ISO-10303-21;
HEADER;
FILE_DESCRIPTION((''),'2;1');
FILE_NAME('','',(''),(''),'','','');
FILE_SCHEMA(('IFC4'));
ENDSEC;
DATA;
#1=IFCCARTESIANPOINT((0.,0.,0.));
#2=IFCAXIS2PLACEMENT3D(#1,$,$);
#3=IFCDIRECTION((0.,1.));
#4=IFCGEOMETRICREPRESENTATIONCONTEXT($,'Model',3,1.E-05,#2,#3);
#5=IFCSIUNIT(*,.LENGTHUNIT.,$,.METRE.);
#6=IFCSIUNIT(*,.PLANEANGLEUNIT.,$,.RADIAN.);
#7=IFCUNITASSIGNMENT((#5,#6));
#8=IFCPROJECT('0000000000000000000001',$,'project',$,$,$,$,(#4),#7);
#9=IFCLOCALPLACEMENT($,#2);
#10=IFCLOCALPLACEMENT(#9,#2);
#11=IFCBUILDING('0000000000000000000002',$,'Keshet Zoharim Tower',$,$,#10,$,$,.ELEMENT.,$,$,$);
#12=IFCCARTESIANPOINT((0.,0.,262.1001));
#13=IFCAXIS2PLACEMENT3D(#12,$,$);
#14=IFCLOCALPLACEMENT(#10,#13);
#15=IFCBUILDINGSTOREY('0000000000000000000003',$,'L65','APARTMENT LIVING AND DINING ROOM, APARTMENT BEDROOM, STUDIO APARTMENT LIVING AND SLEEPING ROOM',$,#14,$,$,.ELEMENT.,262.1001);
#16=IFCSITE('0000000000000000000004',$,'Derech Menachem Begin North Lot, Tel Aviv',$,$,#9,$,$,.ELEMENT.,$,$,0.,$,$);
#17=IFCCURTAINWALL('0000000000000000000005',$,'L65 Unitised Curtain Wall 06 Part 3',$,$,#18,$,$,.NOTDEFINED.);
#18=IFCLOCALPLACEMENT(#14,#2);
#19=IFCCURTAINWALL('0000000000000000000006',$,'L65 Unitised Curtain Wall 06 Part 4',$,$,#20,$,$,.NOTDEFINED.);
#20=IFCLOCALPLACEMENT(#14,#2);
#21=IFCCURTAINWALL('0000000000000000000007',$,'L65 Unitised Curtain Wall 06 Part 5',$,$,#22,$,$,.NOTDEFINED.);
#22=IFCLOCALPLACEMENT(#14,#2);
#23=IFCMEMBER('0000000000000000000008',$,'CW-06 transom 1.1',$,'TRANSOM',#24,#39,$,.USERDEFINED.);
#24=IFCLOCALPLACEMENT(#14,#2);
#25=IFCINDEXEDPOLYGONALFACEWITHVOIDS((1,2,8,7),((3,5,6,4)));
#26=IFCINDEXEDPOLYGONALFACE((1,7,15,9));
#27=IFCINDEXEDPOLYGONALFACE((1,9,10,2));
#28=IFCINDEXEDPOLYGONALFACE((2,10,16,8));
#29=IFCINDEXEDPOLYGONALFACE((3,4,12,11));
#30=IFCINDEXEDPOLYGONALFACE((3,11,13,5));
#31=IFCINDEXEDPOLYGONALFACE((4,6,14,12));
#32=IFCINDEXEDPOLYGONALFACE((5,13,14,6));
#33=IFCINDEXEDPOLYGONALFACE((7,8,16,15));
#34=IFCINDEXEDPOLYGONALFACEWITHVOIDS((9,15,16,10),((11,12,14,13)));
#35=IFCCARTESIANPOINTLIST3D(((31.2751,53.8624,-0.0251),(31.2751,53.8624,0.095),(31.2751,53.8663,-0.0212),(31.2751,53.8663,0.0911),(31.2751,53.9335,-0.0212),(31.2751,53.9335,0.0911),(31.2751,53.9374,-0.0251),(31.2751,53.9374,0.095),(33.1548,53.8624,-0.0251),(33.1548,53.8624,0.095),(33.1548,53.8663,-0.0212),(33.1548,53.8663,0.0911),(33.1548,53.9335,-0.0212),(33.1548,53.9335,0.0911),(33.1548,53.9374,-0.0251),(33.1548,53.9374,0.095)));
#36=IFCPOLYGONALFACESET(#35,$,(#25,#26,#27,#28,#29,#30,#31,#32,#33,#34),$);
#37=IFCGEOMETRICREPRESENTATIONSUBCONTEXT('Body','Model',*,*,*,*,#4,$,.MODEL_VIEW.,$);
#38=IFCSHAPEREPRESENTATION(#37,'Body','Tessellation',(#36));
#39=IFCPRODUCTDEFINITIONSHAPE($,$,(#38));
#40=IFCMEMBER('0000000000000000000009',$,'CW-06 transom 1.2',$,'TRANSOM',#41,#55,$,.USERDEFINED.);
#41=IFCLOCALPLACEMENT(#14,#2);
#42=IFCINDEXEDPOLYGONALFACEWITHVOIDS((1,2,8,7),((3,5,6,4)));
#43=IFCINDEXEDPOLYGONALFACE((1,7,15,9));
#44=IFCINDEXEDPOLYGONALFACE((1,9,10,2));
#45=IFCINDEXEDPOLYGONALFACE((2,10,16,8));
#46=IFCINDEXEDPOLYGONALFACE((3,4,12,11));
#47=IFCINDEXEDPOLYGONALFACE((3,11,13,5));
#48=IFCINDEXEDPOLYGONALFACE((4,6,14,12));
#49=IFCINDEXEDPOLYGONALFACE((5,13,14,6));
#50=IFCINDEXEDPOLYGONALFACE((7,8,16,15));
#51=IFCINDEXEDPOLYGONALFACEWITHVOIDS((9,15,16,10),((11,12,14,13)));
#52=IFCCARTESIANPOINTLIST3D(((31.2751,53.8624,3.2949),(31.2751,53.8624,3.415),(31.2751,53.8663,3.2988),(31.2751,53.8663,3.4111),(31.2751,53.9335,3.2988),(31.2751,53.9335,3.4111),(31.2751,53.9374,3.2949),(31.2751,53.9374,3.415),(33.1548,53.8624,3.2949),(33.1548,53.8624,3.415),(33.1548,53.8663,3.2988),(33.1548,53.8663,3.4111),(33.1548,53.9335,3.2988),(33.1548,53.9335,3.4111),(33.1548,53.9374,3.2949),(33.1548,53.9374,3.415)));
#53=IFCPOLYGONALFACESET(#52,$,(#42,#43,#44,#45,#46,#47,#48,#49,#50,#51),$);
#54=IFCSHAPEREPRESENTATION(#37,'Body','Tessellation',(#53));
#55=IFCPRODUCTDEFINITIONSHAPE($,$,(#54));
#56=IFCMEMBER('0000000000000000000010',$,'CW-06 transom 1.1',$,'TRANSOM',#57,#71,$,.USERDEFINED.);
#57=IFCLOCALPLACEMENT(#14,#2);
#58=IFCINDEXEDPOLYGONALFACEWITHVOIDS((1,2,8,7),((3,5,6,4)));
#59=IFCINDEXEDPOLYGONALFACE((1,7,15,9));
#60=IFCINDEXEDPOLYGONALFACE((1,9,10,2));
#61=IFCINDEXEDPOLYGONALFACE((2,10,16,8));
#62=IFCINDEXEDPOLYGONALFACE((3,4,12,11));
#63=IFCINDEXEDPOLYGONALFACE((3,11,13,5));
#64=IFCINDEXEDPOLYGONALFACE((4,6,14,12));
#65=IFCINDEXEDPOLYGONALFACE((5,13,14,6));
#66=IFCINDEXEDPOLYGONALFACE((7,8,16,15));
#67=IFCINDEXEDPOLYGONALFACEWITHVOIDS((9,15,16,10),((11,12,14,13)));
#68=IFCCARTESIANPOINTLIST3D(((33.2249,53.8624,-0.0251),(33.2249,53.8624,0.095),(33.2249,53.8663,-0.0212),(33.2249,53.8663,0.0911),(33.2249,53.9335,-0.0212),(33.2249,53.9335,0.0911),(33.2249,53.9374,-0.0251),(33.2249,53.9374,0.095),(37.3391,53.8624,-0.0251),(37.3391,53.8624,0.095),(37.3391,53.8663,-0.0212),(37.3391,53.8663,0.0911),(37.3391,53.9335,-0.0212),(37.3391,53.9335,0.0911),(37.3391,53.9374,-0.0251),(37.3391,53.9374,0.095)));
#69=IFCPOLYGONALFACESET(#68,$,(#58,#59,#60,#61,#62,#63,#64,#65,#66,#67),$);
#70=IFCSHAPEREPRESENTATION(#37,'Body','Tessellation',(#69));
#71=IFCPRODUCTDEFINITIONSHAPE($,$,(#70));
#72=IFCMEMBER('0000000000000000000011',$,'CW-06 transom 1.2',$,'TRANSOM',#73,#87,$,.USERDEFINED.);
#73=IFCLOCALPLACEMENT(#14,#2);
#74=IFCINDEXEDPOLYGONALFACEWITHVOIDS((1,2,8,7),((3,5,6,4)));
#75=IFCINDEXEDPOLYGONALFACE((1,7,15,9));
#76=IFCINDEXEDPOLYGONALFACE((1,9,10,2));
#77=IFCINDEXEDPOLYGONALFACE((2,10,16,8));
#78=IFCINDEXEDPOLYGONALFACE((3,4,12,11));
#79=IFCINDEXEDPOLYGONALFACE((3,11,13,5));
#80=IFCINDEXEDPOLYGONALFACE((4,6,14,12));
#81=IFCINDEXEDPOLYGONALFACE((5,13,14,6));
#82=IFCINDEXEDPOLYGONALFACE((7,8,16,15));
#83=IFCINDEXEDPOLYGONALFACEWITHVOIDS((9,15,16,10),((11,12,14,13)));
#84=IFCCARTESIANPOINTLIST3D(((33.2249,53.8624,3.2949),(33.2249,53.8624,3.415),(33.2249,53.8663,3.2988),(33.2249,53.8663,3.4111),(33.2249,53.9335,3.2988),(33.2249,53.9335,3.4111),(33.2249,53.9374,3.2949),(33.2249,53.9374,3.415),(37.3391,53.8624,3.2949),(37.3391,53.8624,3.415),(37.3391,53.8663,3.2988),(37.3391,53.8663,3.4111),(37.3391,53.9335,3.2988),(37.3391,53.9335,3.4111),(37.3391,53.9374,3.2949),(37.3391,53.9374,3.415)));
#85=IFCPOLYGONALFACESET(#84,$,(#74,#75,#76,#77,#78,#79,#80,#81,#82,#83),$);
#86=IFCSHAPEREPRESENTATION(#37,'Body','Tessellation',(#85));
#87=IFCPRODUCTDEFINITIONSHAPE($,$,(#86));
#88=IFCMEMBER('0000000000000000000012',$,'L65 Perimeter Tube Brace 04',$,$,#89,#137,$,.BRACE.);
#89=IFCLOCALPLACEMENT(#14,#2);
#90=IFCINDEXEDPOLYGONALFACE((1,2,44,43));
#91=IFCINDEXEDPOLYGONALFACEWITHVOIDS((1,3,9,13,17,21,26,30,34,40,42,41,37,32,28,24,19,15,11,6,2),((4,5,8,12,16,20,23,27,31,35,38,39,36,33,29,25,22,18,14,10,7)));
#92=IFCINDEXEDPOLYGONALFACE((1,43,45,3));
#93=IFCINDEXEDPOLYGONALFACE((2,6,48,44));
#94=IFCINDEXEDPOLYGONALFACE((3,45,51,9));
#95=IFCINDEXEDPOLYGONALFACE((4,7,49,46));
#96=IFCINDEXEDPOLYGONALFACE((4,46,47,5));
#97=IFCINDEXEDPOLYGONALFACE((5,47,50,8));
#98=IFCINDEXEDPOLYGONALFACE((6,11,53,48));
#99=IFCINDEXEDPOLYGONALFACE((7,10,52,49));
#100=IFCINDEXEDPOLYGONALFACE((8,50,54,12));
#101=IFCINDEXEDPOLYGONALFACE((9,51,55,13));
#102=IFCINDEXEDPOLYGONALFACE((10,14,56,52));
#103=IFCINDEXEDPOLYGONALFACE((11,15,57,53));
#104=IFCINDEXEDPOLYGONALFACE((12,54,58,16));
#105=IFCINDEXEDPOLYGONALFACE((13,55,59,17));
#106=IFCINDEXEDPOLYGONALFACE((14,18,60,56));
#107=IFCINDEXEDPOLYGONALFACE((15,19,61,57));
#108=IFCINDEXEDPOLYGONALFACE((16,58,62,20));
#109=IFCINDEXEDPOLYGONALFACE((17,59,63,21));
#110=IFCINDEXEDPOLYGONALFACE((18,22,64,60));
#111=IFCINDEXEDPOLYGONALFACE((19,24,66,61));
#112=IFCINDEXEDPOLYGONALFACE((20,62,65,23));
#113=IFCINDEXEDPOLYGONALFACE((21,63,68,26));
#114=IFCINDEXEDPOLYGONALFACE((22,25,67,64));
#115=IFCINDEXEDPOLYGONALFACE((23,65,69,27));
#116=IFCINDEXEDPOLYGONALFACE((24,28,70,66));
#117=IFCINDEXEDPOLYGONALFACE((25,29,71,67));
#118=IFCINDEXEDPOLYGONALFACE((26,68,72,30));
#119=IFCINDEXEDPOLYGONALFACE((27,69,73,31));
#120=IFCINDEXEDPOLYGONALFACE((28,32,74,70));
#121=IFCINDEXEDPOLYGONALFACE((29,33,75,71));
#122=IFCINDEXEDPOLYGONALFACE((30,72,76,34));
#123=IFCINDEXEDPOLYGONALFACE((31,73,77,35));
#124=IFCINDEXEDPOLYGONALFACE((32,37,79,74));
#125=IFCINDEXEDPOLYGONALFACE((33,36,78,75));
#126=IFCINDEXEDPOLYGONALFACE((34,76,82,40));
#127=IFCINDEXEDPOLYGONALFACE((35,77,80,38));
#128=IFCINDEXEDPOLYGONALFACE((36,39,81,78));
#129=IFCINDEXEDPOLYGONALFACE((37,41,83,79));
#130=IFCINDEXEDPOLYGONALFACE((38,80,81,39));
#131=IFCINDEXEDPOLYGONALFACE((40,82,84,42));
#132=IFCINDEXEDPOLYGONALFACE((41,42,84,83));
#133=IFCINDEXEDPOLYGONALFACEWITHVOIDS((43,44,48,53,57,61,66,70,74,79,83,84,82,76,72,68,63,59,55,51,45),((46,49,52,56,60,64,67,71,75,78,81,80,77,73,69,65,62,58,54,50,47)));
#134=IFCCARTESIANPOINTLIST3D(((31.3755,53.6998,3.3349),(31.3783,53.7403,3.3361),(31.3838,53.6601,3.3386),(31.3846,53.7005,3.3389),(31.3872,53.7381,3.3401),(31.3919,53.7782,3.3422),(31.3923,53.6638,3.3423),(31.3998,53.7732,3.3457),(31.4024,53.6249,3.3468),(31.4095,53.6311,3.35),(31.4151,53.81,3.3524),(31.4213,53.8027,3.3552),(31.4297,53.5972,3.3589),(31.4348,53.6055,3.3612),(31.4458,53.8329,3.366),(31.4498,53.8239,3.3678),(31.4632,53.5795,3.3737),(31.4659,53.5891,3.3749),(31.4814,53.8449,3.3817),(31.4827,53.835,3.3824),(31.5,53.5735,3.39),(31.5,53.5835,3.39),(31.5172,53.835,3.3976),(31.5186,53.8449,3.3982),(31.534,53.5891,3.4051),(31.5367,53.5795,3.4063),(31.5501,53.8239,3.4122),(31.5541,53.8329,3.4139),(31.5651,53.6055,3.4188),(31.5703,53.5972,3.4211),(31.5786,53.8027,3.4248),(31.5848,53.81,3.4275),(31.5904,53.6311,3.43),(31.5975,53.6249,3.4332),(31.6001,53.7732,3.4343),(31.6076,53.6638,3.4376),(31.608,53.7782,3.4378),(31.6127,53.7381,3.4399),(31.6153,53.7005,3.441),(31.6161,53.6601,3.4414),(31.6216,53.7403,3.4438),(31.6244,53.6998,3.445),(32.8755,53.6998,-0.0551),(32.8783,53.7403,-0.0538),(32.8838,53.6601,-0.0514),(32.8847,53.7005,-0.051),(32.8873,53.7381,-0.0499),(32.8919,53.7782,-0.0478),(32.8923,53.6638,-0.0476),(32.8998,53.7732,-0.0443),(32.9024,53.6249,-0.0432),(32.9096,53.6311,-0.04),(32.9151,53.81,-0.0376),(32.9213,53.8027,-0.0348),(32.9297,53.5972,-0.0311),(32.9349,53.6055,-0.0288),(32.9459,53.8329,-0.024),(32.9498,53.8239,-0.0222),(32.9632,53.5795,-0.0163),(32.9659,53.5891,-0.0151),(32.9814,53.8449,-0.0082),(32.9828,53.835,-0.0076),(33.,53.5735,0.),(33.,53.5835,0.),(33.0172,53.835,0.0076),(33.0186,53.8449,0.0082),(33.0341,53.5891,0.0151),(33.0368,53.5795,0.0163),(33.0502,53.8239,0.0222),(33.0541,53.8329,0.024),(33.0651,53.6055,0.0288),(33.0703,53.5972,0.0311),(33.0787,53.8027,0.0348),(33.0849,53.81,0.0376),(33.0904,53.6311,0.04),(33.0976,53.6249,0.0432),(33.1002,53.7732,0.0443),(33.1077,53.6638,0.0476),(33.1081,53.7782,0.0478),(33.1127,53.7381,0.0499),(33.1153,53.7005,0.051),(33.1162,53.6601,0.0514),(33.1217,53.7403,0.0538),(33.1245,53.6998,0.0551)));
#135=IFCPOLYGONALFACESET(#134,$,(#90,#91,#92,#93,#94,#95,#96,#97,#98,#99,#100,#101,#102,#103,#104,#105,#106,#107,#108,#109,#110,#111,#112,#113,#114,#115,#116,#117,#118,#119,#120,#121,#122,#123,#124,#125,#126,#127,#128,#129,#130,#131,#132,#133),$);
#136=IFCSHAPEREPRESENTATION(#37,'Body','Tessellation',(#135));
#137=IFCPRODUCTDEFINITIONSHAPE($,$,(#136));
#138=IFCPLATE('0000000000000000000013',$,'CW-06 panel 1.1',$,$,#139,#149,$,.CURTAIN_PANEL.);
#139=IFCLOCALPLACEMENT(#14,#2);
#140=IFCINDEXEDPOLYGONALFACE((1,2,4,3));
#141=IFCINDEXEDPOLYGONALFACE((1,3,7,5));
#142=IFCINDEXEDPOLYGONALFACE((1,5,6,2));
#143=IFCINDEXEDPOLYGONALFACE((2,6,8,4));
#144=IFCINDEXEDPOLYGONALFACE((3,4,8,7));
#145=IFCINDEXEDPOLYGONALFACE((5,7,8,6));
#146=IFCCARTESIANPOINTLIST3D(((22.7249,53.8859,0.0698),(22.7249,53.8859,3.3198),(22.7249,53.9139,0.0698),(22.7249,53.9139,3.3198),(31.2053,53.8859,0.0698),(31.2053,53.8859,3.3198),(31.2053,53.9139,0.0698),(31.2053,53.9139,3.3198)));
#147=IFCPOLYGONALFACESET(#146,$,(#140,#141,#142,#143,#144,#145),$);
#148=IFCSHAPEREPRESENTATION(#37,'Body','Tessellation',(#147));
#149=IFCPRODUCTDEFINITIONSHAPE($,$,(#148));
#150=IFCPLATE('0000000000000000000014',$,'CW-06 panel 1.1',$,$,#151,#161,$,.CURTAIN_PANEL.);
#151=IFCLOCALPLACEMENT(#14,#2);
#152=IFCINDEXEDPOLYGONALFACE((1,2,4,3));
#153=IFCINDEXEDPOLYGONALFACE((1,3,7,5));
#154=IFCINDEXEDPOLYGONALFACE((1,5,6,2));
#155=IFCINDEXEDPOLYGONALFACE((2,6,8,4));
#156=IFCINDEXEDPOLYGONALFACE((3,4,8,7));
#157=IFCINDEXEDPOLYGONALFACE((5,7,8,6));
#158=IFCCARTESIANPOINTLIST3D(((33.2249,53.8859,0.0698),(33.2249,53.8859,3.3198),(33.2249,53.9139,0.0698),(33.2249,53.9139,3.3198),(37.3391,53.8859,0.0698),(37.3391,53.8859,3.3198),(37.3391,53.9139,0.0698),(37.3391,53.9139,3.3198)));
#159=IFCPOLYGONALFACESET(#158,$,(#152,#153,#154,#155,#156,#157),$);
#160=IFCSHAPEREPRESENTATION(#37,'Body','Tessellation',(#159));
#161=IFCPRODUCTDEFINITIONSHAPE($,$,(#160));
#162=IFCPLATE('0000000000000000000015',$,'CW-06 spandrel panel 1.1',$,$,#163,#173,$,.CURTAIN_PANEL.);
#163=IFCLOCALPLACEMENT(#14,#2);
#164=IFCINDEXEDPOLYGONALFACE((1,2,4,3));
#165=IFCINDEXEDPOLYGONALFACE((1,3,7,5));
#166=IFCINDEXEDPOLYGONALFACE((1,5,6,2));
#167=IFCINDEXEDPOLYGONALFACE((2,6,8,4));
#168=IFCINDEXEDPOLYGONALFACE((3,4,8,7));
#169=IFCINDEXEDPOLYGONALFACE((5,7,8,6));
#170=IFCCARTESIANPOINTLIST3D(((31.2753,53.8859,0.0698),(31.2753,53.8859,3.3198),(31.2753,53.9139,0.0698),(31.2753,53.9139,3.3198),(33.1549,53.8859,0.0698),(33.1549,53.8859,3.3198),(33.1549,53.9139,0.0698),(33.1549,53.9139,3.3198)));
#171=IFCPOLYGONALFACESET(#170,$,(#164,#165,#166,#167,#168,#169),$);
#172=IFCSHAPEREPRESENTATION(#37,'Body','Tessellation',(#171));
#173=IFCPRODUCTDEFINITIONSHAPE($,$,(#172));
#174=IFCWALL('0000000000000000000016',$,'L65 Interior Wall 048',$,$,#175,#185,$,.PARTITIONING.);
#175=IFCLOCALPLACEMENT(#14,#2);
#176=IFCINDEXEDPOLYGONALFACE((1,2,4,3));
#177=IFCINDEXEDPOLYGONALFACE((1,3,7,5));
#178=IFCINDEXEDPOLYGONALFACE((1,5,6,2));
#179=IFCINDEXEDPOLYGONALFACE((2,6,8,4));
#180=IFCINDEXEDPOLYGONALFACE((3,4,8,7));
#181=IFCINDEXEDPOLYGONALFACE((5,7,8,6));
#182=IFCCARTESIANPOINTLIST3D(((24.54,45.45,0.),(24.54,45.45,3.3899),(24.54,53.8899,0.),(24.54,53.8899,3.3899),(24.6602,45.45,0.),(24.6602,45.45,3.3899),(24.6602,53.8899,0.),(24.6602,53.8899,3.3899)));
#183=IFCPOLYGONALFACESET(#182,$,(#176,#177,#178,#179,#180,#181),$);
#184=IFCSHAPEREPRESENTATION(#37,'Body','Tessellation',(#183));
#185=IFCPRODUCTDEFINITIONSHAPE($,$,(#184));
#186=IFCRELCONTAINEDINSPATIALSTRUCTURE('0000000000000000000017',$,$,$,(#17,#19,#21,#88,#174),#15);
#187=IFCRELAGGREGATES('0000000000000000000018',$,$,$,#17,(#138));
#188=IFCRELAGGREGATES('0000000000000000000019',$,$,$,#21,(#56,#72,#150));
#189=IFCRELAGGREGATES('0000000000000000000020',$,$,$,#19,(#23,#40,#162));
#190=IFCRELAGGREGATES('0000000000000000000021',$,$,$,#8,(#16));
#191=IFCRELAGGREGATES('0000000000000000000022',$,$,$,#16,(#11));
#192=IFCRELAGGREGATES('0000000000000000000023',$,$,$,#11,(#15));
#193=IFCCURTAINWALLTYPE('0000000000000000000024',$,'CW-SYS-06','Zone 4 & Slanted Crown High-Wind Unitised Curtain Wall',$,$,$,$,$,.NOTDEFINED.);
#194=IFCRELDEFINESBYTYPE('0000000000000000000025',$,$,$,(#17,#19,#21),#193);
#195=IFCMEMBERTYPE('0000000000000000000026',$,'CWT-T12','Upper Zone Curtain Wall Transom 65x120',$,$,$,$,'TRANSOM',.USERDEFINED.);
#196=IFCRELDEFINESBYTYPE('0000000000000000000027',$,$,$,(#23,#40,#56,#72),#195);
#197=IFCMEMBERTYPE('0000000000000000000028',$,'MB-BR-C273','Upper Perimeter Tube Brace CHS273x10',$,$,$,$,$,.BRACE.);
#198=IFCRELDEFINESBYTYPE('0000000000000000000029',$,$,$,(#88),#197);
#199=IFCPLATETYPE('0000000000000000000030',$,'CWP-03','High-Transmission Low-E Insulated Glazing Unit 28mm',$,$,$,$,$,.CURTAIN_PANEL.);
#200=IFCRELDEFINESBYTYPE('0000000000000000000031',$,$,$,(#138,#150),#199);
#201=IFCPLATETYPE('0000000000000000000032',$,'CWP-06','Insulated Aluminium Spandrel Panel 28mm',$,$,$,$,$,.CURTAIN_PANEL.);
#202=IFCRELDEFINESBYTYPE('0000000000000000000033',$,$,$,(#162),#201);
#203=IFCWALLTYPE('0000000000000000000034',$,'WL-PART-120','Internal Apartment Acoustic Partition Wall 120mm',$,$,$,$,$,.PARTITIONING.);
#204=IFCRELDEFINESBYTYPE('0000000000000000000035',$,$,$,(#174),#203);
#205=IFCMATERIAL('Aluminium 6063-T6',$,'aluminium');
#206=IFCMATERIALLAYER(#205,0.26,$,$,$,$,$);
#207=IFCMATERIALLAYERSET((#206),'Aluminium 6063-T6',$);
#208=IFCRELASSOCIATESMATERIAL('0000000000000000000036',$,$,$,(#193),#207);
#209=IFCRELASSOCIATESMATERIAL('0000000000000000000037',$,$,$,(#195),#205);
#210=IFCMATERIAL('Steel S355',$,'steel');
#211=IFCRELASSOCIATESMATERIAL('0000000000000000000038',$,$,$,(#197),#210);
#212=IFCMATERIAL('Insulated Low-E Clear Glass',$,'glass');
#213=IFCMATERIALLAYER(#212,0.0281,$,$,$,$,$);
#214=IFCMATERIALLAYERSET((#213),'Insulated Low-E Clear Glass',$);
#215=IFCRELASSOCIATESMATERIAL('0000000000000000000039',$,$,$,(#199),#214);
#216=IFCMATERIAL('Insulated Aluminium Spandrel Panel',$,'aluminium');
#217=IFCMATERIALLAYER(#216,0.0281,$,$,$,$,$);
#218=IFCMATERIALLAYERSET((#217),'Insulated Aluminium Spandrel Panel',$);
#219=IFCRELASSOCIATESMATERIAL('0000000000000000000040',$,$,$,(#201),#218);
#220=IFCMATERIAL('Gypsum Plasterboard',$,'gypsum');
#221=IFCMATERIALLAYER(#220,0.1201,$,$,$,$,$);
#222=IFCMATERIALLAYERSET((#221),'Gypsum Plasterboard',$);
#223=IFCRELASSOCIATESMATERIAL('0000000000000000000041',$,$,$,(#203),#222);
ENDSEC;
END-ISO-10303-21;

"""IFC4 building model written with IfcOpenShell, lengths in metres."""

from ifc_helpers import new_model, si_unit, direction, frame, frame_2d, origin, origin_2d, place, context, subcontext, project, spatial, rectangle, hollow_rectangle, hollow_circle, extrude, material, layer, layer_set, material_profile, profile_set, type_object, element, aggregate, save


model = new_model("IFC4")

# Units and contexts
model_context = context("Model", 3, precision=1e-05, world=origin(), true_north=direction((0.0, 1.0)))
body_context = subcontext(model_context, "Body", "Model", "MODEL_VIEW")
ifc_project = project(units=[si_unit("LENGTHUNIT", "METRE"), si_unit("PLANEANGLEUNIT", "RADIAN")], contexts=[model_context])

# Site, building, storey
site_placement = place(None, origin())
site = spatial("IfcSite", under=ifc_project, at=site_placement, Name="Derech Menachem Begin North Lot, Tel Aviv", CompositionType="ELEMENT", RefElevation=0.0)
building_placement = place(site_placement, origin())
building = spatial("IfcBuilding", under=site, at=building_placement, Name="Keshet Zoharim Tower", CompositionType="ELEMENT")
storey_placement = place(building_placement, frame((0.0, 0.0, 262.1001)))
storey = spatial("IfcBuildingStorey", under=building, at=storey_placement, Name="L65", Description="APARTMENT LIVING AND DINING ROOM, APARTMENT BEDROOM, STUDIO APARTMENT LIVING AND SLEEPING ROOM", CompositionType="ELEMENT", Elevation=262.1001)

# Shared definitions
ifc_material_1 = material(Name="Steel S355", Category="steel")

# Curtain walls
ifc_material_2 = material(Name="Aluminium 6063-T6", Category="aluminium")
ifc_layer_1 = layer(ifc_material_2, 0.26)
ifc_layer_set_1 = layer_set([ifc_layer_1], Name="Aluminium 6063-T6")
curtain_wall_type = type_object("IfcCurtainWallType", Name="CW-SYS-06", Description="Zone 4 & Slanted Crown High-Wind Unitised Curtain Wall", PredefinedType="NOTDEFINED", material=ifc_layer_set_1)
curtain_wall_1_placement = place(storey_placement, origin())
curtain_wall_1 = element("IfcCurtainWall", 1, at=curtain_wall_1_placement, inside=storey, type_object=curtain_wall_type, Name="L65 Unitised Curtain Wall 06 Part 3", PredefinedType="NOTDEFINED")
curtain_wall_2_placement = place(storey_placement, origin())
curtain_wall_2 = element("IfcCurtainWall", 2, at=curtain_wall_2_placement, inside=storey, type_object=curtain_wall_type, Name="L65 Unitised Curtain Wall 06 Part 4", PredefinedType="NOTDEFINED")
curtain_wall_3_placement = place(storey_placement, origin())
curtain_wall_3 = element("IfcCurtainWall", 3, at=curtain_wall_3_placement, inside=storey, type_object=curtain_wall_type, Name="L65 Unitised Curtain Wall 06 Part 5", PredefinedType="NOTDEFINED")

# Members
ifc_material_profile_1 = material_profile(ifc_material_2, hollow_rectangle(XDim=0.075, YDim=0.1201, WallThickness=0.0039, at=origin_2d()), Name="TRN-75x120")
ifc_profile_set_1 = profile_set([ifc_material_profile_1], Name="Aluminium 6063-T6")
member_type_1 = type_object("IfcMemberType", Name="CWT-T12", Description="Upper Zone Curtain Wall Transom 65x120", ElementType="TRANSOM", PredefinedType="USERDEFINED", material=ifc_profile_set_1)
member_1_placement = place(storey_placement, frame((31.2751, 53.8999, 0.0349), z_axis=(1.0, 0.0, 0.0), x_axis=(0.0, 1.0, 0.0)))
member_1 = element("IfcMember", 4, at=member_1_placement, type_object=member_type_1, Name="CW-06 transom 1.1", ObjectType="TRANSOM", PredefinedType="USERDEFINED", context=body_context, shape_type="SweptSolid", body=[
    extrude(hollow_rectangle(XDim=0.075, YDim=0.1201, WallThickness=0.0039, at=origin_2d()), origin(), (0.0, 0.0, 1.0), 1.8796),
])
member_2_placement = place(storey_placement, frame((31.2751, 53.8999, 3.355), z_axis=(1.0, 0.0, 0.0), x_axis=(0.0, 1.0, 0.0)))
member_2 = element("IfcMember", 5, at=member_2_placement, type_object=member_type_1, Name="CW-06 transom 1.2", ObjectType="TRANSOM", PredefinedType="USERDEFINED", context=body_context, shape_type="SweptSolid", body=[
    extrude(hollow_rectangle(XDim=0.075, YDim=0.1201, WallThickness=0.0039, at=origin_2d()), origin(), (0.0, 0.0, 1.0), 1.8796),
])
member_3_placement = place(storey_placement, frame((33.2249, 53.8999, 0.0349), z_axis=(1.0, 0.0, 0.0), x_axis=(0.0, 1.0, 0.0)))
member_3 = element("IfcMember", 6, at=member_3_placement, type_object=member_type_1, Name="CW-06 transom 1.1", ObjectType="TRANSOM", PredefinedType="USERDEFINED", context=body_context, shape_type="SweptSolid", body=[
    extrude(hollow_rectangle(XDim=0.075, YDim=0.1201, WallThickness=0.0039, at=origin_2d()), origin(), (0.0, 0.0, 1.0), 4.1143),
])
member_4_placement = place(storey_placement, frame((33.2249, 53.8999, 3.355), z_axis=(1.0, 0.0, 0.0), x_axis=(0.0, 1.0, 0.0)))
member_4 = element("IfcMember", 7, at=member_4_placement, type_object=member_type_1, Name="CW-06 transom 1.2", ObjectType="TRANSOM", PredefinedType="USERDEFINED", context=body_context, shape_type="SweptSolid", body=[
    extrude(hollow_rectangle(XDim=0.075, YDim=0.1201, WallThickness=0.0039, at=origin_2d()), origin(), (0.0, 0.0, 1.0), 4.1143),
])
ifc_material_profile_2 = material_profile(ifc_material_1, hollow_circle(Radius=0.1365, WallThickness=0.01, at=origin_2d()), Name="CHS273x10")
ifc_profile_set_2 = profile_set([ifc_material_profile_2], Name="Steel S355")
member_type_2 = type_object("IfcMemberType", Name="MB-BR-C273", Description="Upper Perimeter Tube Brace CHS273x10", PredefinedType="BRACE", material=ifc_profile_set_2)
member_5_placement = place(storey_placement, frame((33.0, 53.71, 0.0), z_axis=(-0.404647, 0.0, 0.914473), x_axis=(0.0, -1.0, 0.0)))
element("IfcMember", 8, at=member_5_placement, inside=storey, type_object=member_type_2, Name="L65 Perimeter Tube Brace 04", PredefinedType="BRACE", context=body_context, shape_type="SweptSolid", body=[
    extrude(hollow_circle(Radius=0.1365, WallThickness=0.01, at=origin_2d()), origin(), (0.0, 0.0, 1.0), 3.707),
])

# Plates
ifc_material_3 = material(Name="Insulated Low-E Clear Glass", Category="glass")
ifc_layer_2 = layer(ifc_material_3, 0.0281)
ifc_layer_set_2 = layer_set([ifc_layer_2], Name="Insulated Low-E Clear Glass")
plate_type_1 = type_object("IfcPlateType", Name="CWP-03", Description="High-Transmission Low-E Insulated Glazing Unit 28mm", PredefinedType="CURTAIN_PANEL", material=ifc_layer_set_2)
plate_1_placement = place(storey_placement, frame((26.9651, 53.8999, 0.0698), z_axis=(0.0, 0.0, 1.0), x_axis=(1.0, 0.0, 0.0)))
plate_1 = element("IfcPlate", 9, at=plate_1_placement, type_object=plate_type_1, Name="CW-06 panel 1.1", PredefinedType="CURTAIN_PANEL", context=body_context, shape_type="SweptSolid", body=[
    extrude(rectangle(XDim=8.4805, YDim=0.0281, at=origin_2d()), origin(), (0.0, 0.0, 1.0), 3.25),
])
aggregate(curtain_wall_1, [plate_1])
plate_2_placement = place(storey_placement, frame((35.282, 53.8999, 0.0698), z_axis=(0.0, 0.0, 1.0), x_axis=(1.0, 0.0, 0.0)))
plate_2 = element("IfcPlate", 10, at=plate_2_placement, type_object=plate_type_1, Name="CW-06 panel 1.1", PredefinedType="CURTAIN_PANEL", context=body_context, shape_type="SweptSolid", body=[
    extrude(rectangle(XDim=4.1143, YDim=0.0281, at=origin_2d()), origin(), (0.0, 0.0, 1.0), 3.25),
])
aggregate(curtain_wall_3, [member_3, member_4, plate_2])
ifc_material_4 = material(Name="Insulated Aluminium Spandrel Panel", Category="aluminium")
ifc_layer_3 = layer(ifc_material_4, 0.0281)
ifc_layer_set_3 = layer_set([ifc_layer_3], Name="Insulated Aluminium Spandrel Panel")
plate_type_2 = type_object("IfcPlateType", Name="CWP-06", Description="Insulated Aluminium Spandrel Panel 28mm", PredefinedType="CURTAIN_PANEL", material=ifc_layer_set_3)
plate_3_placement = place(storey_placement, frame((32.2151, 53.8999, 0.0698), z_axis=(0.0, 0.0, 1.0), x_axis=(1.0, 0.0, 0.0)))
plate_3 = element("IfcPlate", 11, at=plate_3_placement, type_object=plate_type_2, Name="CW-06 spandrel panel 1.1", PredefinedType="CURTAIN_PANEL", context=body_context, shape_type="SweptSolid", body=[
    extrude(rectangle(XDim=1.8796, YDim=0.0281, at=origin_2d()), origin(), (0.0, 0.0, 1.0), 3.25),
])
aggregate(curtain_wall_2, [member_1, member_2, plate_3])

# Wall
ifc_material_5 = material(Name="Gypsum Plasterboard", Category="gypsum")
ifc_layer_4 = layer(ifc_material_5, 0.1201)
ifc_layer_set_4 = layer_set([ifc_layer_4], Name="Gypsum Plasterboard")
wall_type_1 = type_object("IfcWallType", Name="WL-PART-120", Description="Internal Apartment Acoustic Partition Wall 120mm", PredefinedType="PARTITIONING", material=ifc_layer_set_4)
wall_1_placement = place(storey_placement, frame((24.6001, 45.45, 0.0), z_axis=(0.0, 0.0, 1.0), x_axis=(0.0, 1.0, 0.0)))
element("IfcWall", 12, at=wall_1_placement, inside=storey, type_object=wall_type_1, Name="L65 Interior Wall 048", PredefinedType="PARTITIONING", context=body_context, shape_type="SweptSolid", body=[
    extrude(rectangle(XDim=8.4399, YDim=0.1201, at=frame_2d((4.22, 0.0))), origin(), (0.0, 0.0, 1.0), 3.3899),
])

save(model, "model.ifc")
